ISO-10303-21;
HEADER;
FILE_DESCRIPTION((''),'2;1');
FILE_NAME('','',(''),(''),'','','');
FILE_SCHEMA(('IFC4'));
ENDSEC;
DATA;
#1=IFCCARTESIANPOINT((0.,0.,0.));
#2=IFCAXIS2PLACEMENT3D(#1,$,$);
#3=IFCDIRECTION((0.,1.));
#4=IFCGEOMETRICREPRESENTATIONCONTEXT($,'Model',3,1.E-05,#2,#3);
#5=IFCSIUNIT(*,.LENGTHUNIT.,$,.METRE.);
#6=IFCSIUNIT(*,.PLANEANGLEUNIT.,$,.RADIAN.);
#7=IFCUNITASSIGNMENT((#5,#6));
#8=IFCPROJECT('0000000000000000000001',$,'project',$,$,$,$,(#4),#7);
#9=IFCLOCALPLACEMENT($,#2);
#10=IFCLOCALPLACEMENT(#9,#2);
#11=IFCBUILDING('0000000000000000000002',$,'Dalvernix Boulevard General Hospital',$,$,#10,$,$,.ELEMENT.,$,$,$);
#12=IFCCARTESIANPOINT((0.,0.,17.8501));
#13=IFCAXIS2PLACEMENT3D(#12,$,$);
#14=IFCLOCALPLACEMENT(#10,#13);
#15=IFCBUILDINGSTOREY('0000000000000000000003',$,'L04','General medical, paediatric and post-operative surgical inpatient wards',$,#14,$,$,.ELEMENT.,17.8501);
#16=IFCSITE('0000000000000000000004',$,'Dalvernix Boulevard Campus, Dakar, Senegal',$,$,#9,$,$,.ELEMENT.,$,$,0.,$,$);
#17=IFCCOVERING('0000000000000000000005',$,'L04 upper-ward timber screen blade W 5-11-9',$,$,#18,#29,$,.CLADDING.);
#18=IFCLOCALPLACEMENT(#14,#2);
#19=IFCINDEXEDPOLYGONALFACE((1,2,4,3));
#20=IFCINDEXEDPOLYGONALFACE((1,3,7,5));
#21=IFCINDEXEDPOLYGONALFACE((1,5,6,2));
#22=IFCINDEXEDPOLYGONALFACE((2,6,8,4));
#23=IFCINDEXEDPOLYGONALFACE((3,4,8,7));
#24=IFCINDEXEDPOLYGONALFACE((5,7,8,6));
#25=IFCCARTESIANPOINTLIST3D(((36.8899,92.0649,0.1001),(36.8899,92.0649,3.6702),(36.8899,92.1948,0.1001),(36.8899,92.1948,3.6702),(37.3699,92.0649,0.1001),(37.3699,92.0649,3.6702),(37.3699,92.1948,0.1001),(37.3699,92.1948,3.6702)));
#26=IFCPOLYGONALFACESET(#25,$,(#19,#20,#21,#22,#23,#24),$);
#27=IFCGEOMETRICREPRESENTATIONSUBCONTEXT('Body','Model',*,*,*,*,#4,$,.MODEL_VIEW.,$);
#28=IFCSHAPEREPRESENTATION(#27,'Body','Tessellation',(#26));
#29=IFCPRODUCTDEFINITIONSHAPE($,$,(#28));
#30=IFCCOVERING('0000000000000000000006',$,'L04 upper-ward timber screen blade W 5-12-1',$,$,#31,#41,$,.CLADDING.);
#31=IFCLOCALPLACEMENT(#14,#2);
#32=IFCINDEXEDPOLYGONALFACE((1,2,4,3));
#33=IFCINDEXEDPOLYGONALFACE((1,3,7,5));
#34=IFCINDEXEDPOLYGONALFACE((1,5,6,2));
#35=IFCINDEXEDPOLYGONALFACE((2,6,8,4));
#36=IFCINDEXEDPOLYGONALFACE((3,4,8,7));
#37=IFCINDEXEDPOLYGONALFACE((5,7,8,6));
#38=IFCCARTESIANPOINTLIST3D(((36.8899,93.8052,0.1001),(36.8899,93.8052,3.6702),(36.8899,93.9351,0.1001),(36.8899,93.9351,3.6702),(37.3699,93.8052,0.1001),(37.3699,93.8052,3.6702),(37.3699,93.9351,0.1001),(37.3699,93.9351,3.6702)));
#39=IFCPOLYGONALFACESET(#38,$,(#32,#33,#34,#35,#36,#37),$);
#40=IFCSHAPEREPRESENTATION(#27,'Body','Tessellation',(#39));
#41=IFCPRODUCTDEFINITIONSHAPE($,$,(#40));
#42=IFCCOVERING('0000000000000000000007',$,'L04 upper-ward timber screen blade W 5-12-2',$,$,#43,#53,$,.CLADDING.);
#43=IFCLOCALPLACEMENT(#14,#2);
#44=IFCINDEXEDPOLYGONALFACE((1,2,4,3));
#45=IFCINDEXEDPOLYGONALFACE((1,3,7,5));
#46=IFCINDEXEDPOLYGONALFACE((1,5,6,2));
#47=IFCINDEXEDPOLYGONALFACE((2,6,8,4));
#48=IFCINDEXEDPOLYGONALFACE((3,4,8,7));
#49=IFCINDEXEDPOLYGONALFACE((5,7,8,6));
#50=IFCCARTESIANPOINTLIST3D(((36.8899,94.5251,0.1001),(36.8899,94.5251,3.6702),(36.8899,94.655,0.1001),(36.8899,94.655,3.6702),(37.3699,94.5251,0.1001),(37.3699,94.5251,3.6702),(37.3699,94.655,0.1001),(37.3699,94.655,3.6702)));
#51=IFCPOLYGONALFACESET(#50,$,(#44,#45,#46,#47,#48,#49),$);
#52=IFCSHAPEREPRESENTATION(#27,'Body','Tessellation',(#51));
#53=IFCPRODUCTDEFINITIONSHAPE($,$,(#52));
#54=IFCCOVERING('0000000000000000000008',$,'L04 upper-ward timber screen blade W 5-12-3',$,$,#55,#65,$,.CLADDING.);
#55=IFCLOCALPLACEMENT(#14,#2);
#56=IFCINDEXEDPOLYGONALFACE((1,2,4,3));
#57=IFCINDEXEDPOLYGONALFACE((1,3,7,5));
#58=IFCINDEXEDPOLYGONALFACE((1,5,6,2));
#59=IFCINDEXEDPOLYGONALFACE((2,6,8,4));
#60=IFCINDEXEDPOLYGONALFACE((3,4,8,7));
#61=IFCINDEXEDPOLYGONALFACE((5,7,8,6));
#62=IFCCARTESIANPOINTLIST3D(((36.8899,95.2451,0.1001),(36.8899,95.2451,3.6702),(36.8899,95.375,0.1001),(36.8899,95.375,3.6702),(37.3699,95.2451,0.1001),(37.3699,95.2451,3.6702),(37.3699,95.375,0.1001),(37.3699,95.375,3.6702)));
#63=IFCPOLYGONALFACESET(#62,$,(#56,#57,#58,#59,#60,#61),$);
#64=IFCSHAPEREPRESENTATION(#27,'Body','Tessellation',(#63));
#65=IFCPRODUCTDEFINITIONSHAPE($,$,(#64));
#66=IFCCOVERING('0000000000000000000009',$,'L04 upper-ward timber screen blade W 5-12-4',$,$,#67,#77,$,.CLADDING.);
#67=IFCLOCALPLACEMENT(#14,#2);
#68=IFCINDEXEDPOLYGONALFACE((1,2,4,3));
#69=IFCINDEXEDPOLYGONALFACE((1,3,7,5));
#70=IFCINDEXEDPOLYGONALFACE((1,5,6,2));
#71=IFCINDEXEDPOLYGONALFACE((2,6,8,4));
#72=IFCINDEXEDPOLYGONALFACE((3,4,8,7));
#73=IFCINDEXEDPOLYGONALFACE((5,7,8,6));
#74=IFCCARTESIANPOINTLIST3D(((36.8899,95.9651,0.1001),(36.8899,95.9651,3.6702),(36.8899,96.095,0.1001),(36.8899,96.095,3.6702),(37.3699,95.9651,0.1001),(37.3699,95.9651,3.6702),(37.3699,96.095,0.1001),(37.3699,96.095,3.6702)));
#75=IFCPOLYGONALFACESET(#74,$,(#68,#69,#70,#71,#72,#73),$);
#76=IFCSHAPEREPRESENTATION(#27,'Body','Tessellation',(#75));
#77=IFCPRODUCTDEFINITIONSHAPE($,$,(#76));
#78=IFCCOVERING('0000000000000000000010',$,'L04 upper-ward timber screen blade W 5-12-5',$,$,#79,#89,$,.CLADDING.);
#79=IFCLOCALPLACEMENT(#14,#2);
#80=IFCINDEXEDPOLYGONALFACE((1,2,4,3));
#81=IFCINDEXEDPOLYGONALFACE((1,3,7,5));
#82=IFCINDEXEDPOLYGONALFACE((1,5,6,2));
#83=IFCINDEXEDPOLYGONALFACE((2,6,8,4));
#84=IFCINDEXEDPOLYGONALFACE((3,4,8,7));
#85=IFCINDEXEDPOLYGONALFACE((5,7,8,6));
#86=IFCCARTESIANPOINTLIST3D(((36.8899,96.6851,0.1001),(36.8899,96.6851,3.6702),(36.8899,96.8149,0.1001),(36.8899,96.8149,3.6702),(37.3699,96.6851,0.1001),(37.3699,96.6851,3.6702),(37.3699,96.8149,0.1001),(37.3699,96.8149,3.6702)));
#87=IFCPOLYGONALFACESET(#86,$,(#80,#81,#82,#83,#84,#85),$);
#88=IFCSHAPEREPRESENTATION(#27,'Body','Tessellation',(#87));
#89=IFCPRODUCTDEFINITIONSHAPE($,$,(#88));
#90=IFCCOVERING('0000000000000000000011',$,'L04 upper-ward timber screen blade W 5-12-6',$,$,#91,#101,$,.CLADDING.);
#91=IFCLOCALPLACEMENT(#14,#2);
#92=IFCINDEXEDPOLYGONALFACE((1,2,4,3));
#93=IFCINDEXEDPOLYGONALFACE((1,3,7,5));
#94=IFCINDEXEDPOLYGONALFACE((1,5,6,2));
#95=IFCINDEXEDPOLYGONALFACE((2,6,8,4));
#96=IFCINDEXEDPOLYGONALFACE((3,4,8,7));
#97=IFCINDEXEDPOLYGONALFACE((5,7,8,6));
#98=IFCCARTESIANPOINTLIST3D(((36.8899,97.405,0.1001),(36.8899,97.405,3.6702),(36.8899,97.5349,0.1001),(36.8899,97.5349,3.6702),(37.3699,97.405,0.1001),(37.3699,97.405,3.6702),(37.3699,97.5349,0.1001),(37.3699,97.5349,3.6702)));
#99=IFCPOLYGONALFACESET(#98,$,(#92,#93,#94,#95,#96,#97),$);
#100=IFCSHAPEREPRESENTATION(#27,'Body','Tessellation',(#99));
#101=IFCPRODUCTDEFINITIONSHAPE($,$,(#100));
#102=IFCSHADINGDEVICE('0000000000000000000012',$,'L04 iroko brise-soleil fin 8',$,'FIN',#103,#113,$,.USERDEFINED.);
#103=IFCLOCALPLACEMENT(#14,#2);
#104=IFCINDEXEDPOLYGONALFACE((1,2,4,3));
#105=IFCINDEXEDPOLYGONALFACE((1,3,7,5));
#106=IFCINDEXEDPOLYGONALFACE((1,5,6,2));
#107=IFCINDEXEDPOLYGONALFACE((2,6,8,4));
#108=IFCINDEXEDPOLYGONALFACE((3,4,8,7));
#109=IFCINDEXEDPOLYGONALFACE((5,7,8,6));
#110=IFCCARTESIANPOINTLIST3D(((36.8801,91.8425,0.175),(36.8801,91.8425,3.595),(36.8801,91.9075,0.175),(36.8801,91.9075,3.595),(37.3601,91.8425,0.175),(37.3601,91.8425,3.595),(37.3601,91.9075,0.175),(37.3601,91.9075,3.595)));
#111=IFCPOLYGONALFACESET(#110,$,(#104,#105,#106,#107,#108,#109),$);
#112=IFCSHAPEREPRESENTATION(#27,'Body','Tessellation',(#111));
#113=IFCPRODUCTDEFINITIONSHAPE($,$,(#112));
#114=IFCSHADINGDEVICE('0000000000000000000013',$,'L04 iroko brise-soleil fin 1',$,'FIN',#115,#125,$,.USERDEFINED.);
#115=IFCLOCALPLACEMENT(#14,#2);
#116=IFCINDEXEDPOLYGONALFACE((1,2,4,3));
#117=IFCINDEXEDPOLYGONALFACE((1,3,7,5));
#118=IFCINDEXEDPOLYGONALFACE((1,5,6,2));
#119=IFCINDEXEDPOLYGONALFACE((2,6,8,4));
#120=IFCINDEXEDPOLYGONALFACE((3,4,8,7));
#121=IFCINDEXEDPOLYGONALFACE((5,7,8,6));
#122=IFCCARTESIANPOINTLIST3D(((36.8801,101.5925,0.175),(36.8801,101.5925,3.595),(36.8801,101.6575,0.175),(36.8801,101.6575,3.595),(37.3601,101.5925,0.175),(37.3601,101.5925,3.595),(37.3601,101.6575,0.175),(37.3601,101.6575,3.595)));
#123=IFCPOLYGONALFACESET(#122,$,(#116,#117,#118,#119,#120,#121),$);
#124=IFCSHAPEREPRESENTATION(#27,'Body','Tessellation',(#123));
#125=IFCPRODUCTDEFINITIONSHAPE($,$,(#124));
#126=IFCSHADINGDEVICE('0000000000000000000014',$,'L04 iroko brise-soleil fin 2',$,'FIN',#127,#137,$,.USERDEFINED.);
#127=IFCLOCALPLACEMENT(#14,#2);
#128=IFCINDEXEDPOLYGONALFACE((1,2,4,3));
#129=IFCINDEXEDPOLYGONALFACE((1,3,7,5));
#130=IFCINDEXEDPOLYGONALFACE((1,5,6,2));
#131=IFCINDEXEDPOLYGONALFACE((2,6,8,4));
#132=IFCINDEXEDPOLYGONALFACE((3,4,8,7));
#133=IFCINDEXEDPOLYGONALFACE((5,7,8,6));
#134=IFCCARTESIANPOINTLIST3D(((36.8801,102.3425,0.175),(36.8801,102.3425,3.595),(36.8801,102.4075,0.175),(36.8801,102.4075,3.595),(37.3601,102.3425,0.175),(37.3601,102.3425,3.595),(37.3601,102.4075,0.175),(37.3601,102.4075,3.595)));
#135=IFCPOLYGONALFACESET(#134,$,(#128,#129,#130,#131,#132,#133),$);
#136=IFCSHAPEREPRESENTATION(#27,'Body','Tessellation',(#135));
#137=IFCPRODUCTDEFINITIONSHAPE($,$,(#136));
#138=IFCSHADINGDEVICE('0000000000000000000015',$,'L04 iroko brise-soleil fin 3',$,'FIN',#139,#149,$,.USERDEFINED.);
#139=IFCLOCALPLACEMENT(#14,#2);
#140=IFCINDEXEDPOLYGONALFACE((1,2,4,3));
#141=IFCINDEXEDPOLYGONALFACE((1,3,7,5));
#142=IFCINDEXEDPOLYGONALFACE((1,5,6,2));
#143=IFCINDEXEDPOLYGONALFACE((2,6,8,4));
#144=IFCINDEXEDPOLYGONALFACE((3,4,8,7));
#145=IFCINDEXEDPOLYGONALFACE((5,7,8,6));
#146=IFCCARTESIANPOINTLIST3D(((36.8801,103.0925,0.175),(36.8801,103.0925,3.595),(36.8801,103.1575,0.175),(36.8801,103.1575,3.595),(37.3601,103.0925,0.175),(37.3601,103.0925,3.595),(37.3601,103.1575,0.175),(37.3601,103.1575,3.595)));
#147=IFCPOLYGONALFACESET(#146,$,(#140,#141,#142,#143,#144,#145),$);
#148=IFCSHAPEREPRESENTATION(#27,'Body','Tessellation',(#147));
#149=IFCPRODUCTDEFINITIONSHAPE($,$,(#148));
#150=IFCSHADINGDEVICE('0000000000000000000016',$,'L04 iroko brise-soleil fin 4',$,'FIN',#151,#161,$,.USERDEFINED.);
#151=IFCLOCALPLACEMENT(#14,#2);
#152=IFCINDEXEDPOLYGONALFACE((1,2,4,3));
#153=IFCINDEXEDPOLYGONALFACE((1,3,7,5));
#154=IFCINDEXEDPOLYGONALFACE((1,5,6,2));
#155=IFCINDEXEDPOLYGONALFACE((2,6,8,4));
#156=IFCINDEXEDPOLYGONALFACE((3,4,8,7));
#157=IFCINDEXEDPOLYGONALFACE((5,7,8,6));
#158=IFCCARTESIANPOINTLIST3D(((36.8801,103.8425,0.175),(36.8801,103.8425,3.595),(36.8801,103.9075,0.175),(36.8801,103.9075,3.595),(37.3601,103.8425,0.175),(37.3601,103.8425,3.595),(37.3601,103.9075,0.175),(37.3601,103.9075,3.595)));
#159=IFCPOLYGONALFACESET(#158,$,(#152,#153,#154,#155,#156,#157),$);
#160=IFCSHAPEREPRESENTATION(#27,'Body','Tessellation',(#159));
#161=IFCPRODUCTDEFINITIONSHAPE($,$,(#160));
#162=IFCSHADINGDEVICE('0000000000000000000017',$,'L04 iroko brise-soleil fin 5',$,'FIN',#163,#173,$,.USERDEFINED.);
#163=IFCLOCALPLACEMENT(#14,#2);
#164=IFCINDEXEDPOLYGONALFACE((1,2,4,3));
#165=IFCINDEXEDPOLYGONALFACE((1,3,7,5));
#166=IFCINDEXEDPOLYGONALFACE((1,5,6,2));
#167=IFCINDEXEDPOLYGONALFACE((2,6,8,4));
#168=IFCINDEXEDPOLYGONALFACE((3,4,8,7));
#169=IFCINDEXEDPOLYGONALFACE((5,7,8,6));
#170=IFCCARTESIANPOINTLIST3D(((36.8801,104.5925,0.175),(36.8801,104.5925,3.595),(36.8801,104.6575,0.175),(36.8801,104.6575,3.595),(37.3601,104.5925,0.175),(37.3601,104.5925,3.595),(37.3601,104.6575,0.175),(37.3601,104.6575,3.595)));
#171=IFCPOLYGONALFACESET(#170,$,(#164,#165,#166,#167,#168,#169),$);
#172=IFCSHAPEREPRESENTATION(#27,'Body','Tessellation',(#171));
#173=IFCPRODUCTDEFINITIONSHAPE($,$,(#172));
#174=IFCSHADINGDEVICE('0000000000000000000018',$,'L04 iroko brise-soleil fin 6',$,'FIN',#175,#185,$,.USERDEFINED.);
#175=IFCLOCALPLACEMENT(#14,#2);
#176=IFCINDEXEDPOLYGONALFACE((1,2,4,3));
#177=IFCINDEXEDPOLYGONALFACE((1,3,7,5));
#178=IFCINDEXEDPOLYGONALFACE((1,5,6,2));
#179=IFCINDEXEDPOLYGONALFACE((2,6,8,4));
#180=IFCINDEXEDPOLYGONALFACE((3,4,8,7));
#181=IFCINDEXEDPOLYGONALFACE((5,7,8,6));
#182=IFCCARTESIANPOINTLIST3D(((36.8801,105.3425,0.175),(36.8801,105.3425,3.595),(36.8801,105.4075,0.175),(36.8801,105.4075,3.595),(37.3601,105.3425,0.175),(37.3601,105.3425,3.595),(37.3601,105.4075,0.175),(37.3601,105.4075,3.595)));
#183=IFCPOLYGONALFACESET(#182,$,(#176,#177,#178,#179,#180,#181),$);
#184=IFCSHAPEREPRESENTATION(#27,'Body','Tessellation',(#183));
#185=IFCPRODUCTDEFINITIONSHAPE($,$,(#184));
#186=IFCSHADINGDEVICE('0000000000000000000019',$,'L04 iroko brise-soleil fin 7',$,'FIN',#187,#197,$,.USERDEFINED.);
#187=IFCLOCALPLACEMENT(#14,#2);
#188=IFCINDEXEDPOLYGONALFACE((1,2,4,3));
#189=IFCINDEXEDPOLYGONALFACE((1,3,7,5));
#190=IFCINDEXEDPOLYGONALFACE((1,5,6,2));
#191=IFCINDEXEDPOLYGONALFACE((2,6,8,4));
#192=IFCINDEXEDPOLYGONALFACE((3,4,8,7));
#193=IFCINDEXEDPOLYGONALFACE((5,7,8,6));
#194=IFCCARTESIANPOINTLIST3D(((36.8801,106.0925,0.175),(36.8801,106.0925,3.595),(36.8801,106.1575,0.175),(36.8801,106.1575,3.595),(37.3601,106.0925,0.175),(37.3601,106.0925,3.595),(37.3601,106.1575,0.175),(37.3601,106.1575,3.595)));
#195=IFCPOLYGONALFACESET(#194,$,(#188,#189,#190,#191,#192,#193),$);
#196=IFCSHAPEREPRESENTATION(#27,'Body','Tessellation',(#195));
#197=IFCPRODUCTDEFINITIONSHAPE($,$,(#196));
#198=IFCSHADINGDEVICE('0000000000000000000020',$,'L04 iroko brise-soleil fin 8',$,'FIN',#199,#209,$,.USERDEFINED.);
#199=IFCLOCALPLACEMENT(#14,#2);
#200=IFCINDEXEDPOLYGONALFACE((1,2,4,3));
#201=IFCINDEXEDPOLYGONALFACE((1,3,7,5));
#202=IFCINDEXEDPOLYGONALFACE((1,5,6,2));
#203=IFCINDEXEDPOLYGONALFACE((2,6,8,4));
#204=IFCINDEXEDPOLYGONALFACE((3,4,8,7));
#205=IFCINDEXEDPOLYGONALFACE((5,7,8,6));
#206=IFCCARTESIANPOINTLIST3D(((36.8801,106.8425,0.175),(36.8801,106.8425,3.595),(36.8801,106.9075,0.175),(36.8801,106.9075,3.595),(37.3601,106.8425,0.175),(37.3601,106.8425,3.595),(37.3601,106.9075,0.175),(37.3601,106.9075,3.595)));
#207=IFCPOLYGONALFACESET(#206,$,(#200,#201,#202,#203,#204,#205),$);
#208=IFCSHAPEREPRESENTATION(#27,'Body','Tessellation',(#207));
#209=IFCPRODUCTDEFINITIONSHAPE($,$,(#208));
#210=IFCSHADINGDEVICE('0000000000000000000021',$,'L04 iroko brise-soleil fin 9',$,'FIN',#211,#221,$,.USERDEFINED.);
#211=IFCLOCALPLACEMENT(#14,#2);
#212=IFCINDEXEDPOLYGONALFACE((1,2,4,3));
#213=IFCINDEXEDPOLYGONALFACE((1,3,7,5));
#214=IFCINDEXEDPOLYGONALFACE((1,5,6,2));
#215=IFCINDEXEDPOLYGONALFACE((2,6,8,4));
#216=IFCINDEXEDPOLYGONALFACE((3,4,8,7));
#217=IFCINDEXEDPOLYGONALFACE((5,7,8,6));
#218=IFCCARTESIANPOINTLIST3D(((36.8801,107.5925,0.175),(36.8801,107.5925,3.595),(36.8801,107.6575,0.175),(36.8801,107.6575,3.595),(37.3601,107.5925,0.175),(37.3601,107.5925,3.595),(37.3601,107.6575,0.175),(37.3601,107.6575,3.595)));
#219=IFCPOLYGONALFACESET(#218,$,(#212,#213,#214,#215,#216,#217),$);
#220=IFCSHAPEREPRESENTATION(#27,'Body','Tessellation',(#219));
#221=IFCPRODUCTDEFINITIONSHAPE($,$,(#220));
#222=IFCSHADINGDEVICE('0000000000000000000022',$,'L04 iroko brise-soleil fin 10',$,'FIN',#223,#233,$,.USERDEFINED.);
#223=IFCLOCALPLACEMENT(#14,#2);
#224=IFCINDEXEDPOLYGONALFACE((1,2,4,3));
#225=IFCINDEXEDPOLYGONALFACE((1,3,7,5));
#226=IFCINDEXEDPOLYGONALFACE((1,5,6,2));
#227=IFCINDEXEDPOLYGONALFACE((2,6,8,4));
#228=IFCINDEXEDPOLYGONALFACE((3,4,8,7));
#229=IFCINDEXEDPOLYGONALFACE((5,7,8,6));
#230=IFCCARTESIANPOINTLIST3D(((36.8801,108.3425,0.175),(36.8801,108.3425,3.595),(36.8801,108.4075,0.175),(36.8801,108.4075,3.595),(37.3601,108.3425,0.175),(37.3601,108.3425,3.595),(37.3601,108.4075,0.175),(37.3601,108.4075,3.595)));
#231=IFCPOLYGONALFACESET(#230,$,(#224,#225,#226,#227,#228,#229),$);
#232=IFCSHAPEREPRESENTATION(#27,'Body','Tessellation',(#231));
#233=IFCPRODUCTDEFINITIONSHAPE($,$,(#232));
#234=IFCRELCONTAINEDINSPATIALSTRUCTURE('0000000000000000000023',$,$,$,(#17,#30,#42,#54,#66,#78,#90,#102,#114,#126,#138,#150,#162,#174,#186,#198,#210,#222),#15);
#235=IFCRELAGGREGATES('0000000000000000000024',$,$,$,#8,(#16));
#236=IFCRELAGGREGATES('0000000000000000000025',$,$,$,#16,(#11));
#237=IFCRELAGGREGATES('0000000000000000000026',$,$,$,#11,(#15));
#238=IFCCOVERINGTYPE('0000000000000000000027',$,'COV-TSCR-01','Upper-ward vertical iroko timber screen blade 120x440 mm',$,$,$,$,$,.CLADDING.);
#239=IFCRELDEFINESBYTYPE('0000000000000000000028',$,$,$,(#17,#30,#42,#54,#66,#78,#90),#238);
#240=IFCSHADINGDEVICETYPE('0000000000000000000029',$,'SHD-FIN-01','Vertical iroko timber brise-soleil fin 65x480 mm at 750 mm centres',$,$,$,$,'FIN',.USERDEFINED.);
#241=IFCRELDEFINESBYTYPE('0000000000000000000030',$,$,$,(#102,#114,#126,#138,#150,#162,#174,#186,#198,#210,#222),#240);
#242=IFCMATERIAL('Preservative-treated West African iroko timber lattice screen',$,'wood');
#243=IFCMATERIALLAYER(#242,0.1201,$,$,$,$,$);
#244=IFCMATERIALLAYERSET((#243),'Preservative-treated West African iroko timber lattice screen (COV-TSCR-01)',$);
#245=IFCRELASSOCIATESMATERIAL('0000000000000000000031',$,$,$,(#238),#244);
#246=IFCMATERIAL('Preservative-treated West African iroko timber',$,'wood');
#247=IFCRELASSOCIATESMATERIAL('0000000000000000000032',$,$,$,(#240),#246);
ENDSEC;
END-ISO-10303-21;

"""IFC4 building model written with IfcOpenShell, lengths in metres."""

from ifc_helpers import new_model, si_unit, direction, frame, origin, origin_2d, place, context, subcontext, project, spatial, rectangle, extrude, material, layer, layer_set, type_object, element, save


model = new_model("IFC4")

# Units and contexts
model_context = context("Model", 3, precision=1e-05, world=origin(), true_north=direction((0.0, 1.0)))
body_context = subcontext(model_context, "Body", "Model", "MODEL_VIEW")
ifc_project = project(units=[si_unit("LENGTHUNIT", "METRE"), si_unit("PLANEANGLEUNIT", "RADIAN")], contexts=[model_context])

# Site, building, storey
site_placement = place(None, origin())
site = spatial("IfcSite", under=ifc_project, at=site_placement, Name="Dalvernix Boulevard Campus, Dakar, Senegal", CompositionType="ELEMENT", RefElevation=0.0)
building_placement = place(site_placement, origin())
building = spatial("IfcBuilding", under=site, at=building_placement, Name="Dalvernix Boulevard General Hospital", CompositionType="ELEMENT")
storey_placement = place(building_placement, frame((0.0, 0.0, 17.8501)))
storey = spatial("IfcBuildingStorey", under=building, at=storey_placement, Name="L04", Description="General medical, paediatric and post-operative surgical inpatient wards", CompositionType="ELEMENT", Elevation=17.8501)

# Coverings
ifc_material_1 = material(Name="Preservative-treated West African iroko timber lattice screen", Category="wood")
ifc_layer_1 = layer(ifc_material_1, 0.1201)
ifc_layer_set_1 = layer_set([ifc_layer_1], Name="Preservative-treated West African iroko timber lattice screen (COV-TSCR-01)")
covering_type_1 = type_object("IfcCoveringType", Name="COV-TSCR-01", Description="Upper-ward vertical iroko timber screen blade 120x440 mm", PredefinedType="CLADDING", material=ifc_layer_set_1)
for number, where, z_axis, x_axis, name in (
    (1, (37.1299, 92.1299, 0.1001), (0.0, 0.0, 1.0), (0.0, 1.0, 0.0), "L04 upper-ward timber screen blade W 5-11-9"),
    (2, (37.1299, 93.8701, 0.1001), (0.0, 0.0, 1.0), (0.0, 1.0, 0.0), "L04 upper-ward timber screen blade W 5-12-1"),
    (3, (37.1299, 94.5901, 0.1001), (0.0, 0.0, 1.0), (0.0, 1.0, 0.0), "L04 upper-ward timber screen blade W 5-12-2"),
    (4, (37.1299, 95.3101, 0.1001), (0.0, 0.0, 1.0), (0.0, 1.0, 0.0), "L04 upper-ward timber screen blade W 5-12-3"),
    (5, (37.1299, 96.03, 0.1001), (0.0, 0.0, 1.0), (0.0, 1.0, 0.0), "L04 upper-ward timber screen blade W 5-12-4"),
    (6, (37.1299, 96.75, 0.1001), (0.0, 0.0, 1.0), (0.0, 1.0, 0.0), "L04 upper-ward timber screen blade W 5-12-5"),
    (7, (37.1299, 97.47, 0.1001), (0.0, 0.0, 1.0), (0.0, 1.0, 0.0), "L04 upper-ward timber screen blade W 5-12-6"),
):
    element("IfcCovering", number, at=place(storey_placement, frame(where, z_axis=z_axis, x_axis=x_axis)), inside=storey, type_object=covering_type_1, Name=name, PredefinedType="CLADDING", context=body_context, shape_type="SweptSolid", body=[
        extrude(rectangle(XDim=0.1299, YDim=0.48, at=origin_2d()), origin(), (0.0, 0.0, 1.0), 3.5701),
    ])

# Shading devices
ifc_material_2 = material(Name="Preservative-treated West African iroko timber", Category="wood")
shading_device_type = type_object("IfcShadingDeviceType", Name="SHD-FIN-01", Description="Vertical iroko timber brise-soleil fin 65x480 mm at 750 mm centres", ElementType="FIN", PredefinedType="USERDEFINED", material=ifc_material_2)
for number, where, z_axis, x_axis, name in (
    (8, (37.1201, 91.875, 0.175), (0.0, 0.0, 1.0), (0.0, 1.0, 0.0), "L04 iroko brise-soleil fin 8"),
    (9, (37.1201, 101.625, 0.175), (0.0, 0.0, 1.0), (0.0, 1.0, 0.0), "L04 iroko brise-soleil fin 1"),
    (10, (37.1201, 102.375, 0.175), (0.0, 0.0, 1.0), (0.0, 1.0, 0.0), "L04 iroko brise-soleil fin 2"),
    (11, (37.1201, 103.125, 0.175), (0.0, 0.0, 1.0), (0.0, 1.0, 0.0), "L04 iroko brise-soleil fin 3"),
    (12, (37.1201, 103.875, 0.175), (0.0, 0.0, 1.0), (0.0, 1.0, 0.0), "L04 iroko brise-soleil fin 4"),
    (13, (37.1201, 104.625, 0.175), (0.0, 0.0, 1.0), (0.0, 1.0, 0.0), "L04 iroko brise-soleil fin 5"),
    (14, (37.1201, 105.375, 0.175), (0.0, 0.0, 1.0), (0.0, 1.0, 0.0), "L04 iroko brise-soleil fin 6"),
    (15, (37.1201, 106.125, 0.175), (0.0, 0.0, 1.0), (0.0, 1.0, 0.0), "L04 iroko brise-soleil fin 7"),
    (16, (37.1201, 106.875, 0.175), (0.0, 0.0, 1.0), (0.0, 1.0, 0.0), "L04 iroko brise-soleil fin 8"),
    (17, (37.1201, 107.625, 0.175), (0.0, 0.0, 1.0), (0.0, 1.0, 0.0), "L04 iroko brise-soleil fin 9"),
    (18, (37.1201, 108.375, 0.175), (0.0, 0.0, 1.0), (0.0, 1.0, 0.0), "L04 iroko brise-soleil fin 10"),
):
    element("IfcShadingDevice", number, at=place(storey_placement, frame(where, z_axis=z_axis, x_axis=x_axis)), inside=storey, type_object=shading_device_type, Name=name, ObjectType="FIN", PredefinedType="USERDEFINED", context=body_context, shape_type="SweptSolid", body=[
        extrude(rectangle(XDim=0.0649, YDim=0.48, at=origin_2d()), origin(), (0.0, 0.0, 1.0), 3.4199),
    ])

save(model, "model.ifc")
